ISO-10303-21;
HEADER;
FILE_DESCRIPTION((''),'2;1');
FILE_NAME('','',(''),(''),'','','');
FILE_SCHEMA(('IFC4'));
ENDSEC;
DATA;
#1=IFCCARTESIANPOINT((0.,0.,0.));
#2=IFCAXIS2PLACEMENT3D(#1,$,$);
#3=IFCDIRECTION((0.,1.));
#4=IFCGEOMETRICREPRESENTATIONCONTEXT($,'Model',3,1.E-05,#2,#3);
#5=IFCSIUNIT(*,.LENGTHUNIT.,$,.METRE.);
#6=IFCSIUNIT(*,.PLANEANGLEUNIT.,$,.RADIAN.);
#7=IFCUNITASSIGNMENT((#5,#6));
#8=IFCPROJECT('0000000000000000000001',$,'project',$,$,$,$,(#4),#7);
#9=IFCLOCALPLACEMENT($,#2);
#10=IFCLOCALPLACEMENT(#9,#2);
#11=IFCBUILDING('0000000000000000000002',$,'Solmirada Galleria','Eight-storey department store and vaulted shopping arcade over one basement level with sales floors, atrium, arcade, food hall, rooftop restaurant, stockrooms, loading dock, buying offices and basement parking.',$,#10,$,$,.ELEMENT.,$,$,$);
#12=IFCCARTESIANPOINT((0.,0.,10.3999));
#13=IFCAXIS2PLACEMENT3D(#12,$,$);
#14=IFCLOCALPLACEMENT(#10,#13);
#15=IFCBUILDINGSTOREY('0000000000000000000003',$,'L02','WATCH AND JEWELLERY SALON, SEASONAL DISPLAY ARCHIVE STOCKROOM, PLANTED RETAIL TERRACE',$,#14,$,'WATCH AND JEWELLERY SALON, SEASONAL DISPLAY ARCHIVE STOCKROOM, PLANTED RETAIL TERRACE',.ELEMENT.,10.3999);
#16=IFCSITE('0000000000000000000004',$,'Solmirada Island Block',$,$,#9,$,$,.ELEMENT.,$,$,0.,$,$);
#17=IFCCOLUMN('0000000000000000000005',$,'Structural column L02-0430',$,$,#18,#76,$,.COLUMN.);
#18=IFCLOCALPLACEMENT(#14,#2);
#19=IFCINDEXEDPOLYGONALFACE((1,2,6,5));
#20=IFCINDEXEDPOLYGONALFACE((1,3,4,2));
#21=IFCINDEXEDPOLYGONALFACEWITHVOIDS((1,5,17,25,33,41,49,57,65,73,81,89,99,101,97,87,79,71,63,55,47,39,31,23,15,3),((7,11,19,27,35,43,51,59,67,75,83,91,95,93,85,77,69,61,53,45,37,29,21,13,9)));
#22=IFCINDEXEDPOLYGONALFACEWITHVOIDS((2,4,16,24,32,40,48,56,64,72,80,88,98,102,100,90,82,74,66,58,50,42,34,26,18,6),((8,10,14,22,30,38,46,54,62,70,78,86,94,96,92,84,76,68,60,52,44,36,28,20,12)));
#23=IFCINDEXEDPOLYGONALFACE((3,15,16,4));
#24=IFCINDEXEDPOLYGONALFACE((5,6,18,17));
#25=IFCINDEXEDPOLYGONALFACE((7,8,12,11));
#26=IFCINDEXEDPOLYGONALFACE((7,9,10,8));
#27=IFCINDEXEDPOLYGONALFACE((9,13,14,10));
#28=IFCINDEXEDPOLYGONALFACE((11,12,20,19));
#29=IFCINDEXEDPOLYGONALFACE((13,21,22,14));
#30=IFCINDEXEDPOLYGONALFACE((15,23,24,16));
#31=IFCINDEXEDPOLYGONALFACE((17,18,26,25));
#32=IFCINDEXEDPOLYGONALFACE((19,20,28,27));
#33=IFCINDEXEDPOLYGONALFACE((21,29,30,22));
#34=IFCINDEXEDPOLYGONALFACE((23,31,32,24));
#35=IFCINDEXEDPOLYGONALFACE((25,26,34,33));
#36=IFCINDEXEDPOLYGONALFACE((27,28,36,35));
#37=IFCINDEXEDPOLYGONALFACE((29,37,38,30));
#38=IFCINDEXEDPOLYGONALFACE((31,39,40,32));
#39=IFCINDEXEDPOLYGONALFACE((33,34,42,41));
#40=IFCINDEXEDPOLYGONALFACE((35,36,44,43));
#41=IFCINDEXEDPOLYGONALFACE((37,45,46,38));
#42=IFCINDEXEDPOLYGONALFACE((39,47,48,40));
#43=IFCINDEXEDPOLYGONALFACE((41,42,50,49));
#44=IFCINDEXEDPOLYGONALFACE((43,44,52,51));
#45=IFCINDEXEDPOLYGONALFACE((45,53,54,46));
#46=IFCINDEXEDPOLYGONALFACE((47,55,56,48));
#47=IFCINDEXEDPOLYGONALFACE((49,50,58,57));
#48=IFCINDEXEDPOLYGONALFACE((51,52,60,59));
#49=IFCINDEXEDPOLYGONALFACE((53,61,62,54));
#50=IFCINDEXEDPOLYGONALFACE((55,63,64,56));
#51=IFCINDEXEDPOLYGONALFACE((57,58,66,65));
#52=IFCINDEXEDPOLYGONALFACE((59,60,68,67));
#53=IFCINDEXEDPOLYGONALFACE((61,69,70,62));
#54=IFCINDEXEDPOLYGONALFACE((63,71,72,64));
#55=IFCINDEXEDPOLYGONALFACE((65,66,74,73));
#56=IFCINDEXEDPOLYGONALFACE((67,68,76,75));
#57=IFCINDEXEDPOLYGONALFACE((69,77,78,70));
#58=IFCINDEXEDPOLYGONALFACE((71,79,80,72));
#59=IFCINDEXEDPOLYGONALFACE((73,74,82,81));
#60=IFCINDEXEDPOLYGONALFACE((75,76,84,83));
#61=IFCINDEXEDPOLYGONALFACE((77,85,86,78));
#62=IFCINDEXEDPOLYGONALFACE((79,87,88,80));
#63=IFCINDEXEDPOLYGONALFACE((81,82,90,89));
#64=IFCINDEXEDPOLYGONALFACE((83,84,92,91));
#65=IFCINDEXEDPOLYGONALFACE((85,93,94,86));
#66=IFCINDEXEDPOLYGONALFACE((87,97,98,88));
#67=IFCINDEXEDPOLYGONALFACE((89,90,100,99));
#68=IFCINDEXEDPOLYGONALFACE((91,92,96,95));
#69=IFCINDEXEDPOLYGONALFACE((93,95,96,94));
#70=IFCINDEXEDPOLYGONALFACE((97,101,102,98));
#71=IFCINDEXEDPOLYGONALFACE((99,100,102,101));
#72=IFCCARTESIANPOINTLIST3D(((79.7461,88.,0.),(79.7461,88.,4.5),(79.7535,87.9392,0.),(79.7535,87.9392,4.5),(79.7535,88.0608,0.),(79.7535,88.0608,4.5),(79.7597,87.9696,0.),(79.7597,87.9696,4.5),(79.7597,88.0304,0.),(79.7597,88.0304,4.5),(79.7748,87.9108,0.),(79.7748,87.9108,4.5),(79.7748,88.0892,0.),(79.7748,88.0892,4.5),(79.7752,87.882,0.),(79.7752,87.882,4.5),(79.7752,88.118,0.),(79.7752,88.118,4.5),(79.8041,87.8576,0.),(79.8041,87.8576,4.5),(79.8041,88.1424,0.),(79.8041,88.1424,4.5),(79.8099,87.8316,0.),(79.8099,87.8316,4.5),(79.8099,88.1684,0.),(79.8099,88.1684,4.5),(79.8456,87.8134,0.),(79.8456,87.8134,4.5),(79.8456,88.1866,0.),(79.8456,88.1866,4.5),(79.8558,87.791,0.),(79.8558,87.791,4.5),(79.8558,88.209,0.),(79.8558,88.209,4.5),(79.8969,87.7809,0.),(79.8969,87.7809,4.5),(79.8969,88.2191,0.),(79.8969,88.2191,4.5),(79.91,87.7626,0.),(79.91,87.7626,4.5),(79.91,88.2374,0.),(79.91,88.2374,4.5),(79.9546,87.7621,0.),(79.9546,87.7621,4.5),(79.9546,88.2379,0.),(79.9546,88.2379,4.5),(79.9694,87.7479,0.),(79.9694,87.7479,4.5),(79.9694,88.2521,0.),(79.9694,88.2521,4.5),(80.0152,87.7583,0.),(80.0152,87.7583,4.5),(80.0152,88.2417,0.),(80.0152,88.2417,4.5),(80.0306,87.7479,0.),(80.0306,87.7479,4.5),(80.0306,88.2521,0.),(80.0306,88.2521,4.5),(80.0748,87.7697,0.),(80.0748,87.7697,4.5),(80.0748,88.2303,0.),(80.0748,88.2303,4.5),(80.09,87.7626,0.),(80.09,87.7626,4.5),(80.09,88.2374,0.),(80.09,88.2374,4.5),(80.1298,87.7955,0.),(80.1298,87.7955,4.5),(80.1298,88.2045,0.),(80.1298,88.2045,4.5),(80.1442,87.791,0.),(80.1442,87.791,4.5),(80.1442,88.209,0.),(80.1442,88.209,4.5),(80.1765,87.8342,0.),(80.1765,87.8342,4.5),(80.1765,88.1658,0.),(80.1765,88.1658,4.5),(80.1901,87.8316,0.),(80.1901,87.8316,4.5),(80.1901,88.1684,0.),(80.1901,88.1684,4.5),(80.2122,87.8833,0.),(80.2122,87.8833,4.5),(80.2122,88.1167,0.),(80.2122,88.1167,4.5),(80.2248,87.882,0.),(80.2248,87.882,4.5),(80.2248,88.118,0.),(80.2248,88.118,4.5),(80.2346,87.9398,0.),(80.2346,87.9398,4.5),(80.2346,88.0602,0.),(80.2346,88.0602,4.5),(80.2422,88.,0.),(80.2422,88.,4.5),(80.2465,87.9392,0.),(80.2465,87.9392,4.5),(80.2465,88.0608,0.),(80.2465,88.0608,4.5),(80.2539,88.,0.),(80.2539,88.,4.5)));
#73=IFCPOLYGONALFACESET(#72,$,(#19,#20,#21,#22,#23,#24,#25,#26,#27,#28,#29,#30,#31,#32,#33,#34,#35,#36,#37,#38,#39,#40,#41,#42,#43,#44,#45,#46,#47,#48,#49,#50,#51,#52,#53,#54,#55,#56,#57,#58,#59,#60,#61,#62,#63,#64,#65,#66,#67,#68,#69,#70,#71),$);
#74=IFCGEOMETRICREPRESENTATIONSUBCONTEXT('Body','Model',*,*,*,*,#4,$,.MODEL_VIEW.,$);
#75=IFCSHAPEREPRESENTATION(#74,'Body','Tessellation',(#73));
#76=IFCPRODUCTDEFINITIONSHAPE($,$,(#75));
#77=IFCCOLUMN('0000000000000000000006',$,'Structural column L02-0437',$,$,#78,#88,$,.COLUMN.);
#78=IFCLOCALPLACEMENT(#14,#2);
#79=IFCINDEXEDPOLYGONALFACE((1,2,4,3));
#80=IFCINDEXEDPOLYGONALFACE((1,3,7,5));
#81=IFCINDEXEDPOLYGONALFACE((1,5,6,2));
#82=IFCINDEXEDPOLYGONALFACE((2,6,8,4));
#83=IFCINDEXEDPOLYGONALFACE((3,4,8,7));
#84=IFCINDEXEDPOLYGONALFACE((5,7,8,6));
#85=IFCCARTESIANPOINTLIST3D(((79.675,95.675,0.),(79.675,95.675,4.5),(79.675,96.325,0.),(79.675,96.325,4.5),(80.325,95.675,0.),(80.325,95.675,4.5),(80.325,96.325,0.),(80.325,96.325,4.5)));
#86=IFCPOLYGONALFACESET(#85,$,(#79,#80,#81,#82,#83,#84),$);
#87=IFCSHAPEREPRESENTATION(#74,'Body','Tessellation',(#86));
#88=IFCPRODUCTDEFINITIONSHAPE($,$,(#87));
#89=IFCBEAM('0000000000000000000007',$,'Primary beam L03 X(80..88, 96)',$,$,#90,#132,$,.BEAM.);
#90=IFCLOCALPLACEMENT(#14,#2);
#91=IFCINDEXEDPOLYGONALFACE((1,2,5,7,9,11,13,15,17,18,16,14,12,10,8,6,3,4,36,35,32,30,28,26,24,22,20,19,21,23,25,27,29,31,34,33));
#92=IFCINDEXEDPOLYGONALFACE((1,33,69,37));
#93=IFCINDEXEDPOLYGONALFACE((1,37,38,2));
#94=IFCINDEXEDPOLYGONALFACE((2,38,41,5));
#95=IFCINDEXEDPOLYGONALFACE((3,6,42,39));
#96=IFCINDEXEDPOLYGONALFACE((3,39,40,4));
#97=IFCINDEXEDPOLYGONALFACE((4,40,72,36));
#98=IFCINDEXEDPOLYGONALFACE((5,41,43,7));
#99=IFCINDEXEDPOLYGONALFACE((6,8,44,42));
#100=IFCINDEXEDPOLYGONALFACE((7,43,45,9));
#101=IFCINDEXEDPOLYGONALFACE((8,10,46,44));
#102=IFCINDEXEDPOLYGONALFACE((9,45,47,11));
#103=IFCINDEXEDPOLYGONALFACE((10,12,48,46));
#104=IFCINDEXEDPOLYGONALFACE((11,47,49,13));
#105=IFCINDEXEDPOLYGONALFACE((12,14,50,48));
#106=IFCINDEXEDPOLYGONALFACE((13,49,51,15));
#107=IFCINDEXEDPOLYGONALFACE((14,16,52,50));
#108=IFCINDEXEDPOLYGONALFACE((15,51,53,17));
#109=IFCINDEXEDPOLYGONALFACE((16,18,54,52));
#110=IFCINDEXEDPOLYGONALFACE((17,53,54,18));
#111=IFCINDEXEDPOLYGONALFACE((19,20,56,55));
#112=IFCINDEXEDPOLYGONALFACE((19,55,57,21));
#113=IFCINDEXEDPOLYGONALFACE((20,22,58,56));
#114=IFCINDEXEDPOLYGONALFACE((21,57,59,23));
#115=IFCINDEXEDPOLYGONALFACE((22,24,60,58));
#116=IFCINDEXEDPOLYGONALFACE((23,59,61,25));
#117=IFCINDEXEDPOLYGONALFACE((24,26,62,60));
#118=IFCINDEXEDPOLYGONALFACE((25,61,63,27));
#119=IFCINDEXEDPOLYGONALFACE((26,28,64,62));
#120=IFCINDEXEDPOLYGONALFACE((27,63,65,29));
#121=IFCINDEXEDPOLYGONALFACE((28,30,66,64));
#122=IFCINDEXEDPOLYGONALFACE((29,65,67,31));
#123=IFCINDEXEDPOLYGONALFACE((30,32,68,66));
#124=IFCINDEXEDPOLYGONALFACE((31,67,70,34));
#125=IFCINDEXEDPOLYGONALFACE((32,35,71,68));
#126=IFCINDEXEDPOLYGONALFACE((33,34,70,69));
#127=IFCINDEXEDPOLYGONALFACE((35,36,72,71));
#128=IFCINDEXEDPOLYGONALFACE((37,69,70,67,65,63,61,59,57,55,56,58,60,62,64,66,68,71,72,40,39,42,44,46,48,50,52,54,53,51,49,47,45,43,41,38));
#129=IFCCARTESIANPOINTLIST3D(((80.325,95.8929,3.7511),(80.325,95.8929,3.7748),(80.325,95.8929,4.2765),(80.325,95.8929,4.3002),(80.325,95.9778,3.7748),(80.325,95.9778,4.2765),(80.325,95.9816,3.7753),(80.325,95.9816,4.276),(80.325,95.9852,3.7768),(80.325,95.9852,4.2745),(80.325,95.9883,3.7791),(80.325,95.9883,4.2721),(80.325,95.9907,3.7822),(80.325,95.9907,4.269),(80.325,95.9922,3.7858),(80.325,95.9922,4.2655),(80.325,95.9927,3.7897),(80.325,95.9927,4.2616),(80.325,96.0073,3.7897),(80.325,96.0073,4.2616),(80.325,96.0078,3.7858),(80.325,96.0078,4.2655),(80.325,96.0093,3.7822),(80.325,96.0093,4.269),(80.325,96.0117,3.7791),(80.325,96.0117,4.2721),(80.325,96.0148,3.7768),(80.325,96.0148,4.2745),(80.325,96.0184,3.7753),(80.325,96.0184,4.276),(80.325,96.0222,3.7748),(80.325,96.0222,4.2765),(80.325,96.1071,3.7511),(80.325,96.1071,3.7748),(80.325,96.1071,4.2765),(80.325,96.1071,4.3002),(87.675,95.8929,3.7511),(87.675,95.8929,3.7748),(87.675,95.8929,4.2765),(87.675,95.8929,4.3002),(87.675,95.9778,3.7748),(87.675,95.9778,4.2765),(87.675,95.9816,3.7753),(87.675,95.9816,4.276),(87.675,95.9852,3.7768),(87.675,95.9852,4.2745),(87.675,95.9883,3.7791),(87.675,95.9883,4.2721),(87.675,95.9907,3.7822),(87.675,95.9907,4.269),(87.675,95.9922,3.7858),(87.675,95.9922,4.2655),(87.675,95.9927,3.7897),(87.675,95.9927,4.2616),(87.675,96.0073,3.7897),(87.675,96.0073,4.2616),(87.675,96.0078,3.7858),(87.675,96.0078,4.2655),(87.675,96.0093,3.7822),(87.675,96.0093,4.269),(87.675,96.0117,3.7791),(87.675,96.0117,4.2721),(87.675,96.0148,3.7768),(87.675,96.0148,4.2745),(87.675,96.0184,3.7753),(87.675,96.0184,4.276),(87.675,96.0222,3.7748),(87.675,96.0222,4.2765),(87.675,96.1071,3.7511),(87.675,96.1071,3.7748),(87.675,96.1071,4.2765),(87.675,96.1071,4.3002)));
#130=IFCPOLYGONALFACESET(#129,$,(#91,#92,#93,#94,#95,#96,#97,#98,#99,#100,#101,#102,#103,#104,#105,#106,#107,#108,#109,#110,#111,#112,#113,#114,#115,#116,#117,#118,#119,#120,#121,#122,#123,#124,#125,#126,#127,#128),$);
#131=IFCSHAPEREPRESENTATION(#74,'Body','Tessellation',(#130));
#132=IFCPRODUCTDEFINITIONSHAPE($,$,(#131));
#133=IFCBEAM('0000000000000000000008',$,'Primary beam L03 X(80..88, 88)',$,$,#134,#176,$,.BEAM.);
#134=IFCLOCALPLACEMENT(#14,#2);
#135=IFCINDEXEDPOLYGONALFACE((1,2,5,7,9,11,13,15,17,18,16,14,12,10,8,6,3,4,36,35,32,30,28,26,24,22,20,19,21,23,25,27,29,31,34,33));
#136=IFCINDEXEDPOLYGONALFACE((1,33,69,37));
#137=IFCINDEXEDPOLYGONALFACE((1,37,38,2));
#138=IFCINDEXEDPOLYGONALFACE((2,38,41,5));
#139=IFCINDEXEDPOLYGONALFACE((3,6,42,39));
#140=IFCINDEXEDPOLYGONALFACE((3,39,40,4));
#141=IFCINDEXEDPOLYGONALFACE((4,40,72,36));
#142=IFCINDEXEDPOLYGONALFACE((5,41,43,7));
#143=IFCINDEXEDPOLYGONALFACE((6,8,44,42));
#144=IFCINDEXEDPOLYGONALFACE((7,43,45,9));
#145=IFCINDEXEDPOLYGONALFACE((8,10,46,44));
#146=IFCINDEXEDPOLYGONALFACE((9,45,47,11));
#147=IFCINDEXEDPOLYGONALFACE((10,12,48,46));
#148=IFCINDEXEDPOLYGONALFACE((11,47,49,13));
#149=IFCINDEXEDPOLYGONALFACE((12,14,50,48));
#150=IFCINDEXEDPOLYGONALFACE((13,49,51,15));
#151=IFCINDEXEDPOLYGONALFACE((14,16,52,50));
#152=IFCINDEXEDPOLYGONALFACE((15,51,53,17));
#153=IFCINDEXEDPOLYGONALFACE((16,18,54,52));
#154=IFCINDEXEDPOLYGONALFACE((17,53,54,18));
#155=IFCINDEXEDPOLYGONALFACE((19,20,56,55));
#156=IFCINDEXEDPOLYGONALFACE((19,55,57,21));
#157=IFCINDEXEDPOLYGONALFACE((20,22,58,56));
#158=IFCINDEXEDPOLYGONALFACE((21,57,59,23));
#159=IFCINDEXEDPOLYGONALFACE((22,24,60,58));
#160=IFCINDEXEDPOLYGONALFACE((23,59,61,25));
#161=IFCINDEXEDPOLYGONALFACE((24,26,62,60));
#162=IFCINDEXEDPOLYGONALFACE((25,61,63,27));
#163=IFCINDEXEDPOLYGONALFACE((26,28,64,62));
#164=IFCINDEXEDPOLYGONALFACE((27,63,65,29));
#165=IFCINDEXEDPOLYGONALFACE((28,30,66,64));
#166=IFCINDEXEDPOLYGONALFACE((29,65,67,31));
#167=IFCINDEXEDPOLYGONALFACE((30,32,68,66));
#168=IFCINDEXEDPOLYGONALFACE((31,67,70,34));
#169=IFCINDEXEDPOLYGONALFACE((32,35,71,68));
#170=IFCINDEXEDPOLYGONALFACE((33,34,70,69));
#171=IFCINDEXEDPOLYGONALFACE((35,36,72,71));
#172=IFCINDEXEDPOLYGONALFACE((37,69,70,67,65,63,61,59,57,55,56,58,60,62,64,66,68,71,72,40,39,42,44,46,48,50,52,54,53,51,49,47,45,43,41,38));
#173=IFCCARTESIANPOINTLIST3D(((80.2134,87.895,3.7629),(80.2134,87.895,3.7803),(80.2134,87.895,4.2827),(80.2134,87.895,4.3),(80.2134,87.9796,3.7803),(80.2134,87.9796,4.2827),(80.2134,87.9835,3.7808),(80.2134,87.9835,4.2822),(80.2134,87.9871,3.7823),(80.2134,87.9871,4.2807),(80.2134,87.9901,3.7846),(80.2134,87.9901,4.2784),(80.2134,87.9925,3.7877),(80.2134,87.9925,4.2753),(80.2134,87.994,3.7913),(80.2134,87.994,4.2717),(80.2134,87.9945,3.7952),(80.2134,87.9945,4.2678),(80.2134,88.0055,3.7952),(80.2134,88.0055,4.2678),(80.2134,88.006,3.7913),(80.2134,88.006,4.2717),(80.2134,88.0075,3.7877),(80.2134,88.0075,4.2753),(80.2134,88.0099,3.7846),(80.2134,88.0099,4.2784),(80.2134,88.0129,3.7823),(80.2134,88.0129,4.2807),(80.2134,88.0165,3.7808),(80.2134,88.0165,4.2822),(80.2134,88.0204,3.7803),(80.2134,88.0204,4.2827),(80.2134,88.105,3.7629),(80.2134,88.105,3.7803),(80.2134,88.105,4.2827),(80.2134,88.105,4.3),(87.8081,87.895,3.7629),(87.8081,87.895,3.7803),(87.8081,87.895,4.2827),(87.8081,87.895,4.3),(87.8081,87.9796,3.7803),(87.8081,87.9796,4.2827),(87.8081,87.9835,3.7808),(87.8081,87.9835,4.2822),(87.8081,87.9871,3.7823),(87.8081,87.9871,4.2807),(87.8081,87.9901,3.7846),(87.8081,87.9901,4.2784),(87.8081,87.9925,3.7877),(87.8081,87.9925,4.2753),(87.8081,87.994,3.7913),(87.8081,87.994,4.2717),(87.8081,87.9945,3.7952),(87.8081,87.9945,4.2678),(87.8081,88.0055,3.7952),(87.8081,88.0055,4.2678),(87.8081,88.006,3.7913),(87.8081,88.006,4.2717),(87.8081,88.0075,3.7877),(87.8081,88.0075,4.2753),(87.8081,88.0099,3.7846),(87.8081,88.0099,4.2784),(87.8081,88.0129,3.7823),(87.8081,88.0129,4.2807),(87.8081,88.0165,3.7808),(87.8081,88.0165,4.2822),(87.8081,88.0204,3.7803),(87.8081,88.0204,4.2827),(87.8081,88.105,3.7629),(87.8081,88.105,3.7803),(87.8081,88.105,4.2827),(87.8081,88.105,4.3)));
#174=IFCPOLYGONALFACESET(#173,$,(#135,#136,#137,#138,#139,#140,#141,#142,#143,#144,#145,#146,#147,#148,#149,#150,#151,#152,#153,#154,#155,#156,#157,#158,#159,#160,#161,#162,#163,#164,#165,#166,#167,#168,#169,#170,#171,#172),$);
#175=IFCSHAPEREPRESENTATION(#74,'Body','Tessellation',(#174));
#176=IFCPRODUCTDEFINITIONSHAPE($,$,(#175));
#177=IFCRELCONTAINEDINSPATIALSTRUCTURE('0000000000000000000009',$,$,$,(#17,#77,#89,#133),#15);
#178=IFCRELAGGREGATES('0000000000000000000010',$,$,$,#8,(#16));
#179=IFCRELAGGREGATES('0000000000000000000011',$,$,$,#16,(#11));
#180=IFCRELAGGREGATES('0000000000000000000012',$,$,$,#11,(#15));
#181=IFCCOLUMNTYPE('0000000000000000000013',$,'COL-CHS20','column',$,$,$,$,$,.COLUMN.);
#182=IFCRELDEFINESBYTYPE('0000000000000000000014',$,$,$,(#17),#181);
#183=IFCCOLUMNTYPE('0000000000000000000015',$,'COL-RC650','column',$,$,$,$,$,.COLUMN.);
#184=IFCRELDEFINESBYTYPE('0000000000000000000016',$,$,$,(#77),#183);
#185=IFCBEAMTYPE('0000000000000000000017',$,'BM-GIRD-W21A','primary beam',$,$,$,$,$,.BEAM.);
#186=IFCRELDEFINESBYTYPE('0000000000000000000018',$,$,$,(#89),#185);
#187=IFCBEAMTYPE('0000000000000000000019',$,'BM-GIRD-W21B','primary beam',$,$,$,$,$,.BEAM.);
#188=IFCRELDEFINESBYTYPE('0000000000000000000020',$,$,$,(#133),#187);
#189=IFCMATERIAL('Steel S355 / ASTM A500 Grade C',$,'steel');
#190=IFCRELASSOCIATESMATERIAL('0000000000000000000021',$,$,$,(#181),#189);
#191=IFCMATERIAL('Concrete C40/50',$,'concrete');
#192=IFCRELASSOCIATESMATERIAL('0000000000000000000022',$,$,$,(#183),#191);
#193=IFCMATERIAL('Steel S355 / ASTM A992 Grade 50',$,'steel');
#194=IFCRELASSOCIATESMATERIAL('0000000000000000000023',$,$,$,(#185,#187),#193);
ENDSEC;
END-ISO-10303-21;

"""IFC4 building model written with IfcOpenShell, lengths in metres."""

from ifc_helpers import new_model, si_unit, direction, frame, origin, origin_2d, place, context, subcontext, project, spatial, rectangle, hollow_circle, i_section, extrude, material, material_profile, profile_set, type_object, element, save


model = new_model("IFC4")

# Units and contexts
model_context = context("Model", 3, precision=1e-05, world=origin(), true_north=direction((0.0, 1.0)))
body_context = subcontext(model_context, "Body", "Model", "MODEL_VIEW")
ifc_project = project(units=[si_unit("LENGTHUNIT", "METRE"), si_unit("PLANEANGLEUNIT", "RADIAN")], contexts=[model_context])

# Site, building, storey
site_placement = place(None, origin())
site = spatial("IfcSite", under=ifc_project, at=site_placement, Name="Solmirada Island Block", CompositionType="ELEMENT", RefElevation=0.0)
building_placement = place(site_placement, origin())
building = spatial("IfcBuilding", under=site, at=building_placement, Name="Solmirada Galleria", Description="Eight-storey department store and vaulted shopping arcade over one basement level with sales floors, atrium, arcade, food hall, rooftop restaurant, stockrooms, loading dock, buying offices and basement parking.", CompositionType="ELEMENT")
storey_placement = place(building_placement, frame((0.0, 0.0, 10.3999)))
storey = spatial("IfcBuildingStorey", under=building, at=storey_placement, Name="L02", Description="WATCH AND JEWELLERY SALON, SEASONAL DISPLAY ARCHIVE STOCKROOM, PLANTED RETAIL TERRACE", LongName="WATCH AND JEWELLERY SALON, SEASONAL DISPLAY ARCHIVE STOCKROOM, PLANTED RETAIL TERRACE", CompositionType="ELEMENT", Elevation=10.3999)

# Columns
ifc_material_1 = material(Name="Steel S355 / ASTM A500 Grade C", Category="steel")
ifc_material_profile_1 = material_profile(ifc_material_1, hollow_circle(Radius=0.2539, WallThickness=0.0117, at=origin_2d()), Name="HSS20.000X0.500")
ifc_profile_set_1 = profile_set([ifc_material_profile_1], Name="Steel S355 / ASTM A500 Grade C")
column_type_1 = type_object("IfcColumnType", Name="COL-CHS20", Description="column", PredefinedType="COLUMN", material=ifc_profile_set_1)
column_1_placement = place(storey_placement, frame((80.0, 88.0, 0.0), z_axis=(0.0, 0.0, 1.0), x_axis=(1.0, 0.0, 0.0)))
element("IfcColumn", 1, at=column_1_placement, inside=storey, type_object=column_type_1, Name="Structural column L02-0430", PredefinedType="COLUMN", context=body_context, shape_type="SweptSolid", body=[
    extrude(hollow_circle(Radius=0.2539, WallThickness=0.0117, at=origin_2d()), origin(), (0.0, 0.0, 1.0), 4.5),
])
ifc_material_2 = material(Name="Concrete C40/50", Category="concrete")
ifc_material_profile_2 = material_profile(ifc_material_2, rectangle(XDim=0.6499, YDim=0.6499, at=origin_2d()), Name="RC650X650")
ifc_profile_set_2 = profile_set([ifc_material_profile_2], Name="Concrete C40/50")
column_type_2 = type_object("IfcColumnType", Name="COL-RC650", Description="column", PredefinedType="COLUMN", material=ifc_profile_set_2)
column_2_placement = place(storey_placement, frame((80.0, 96.0, 0.0), z_axis=(0.0, 0.0, 1.0), x_axis=(1.0, 0.0, 0.0)))
element("IfcColumn", 2, at=column_2_placement, inside=storey, type_object=column_type_2, Name="Structural column L02-0437", PredefinedType="COLUMN", context=body_context, shape_type="SweptSolid", body=[
    extrude(rectangle(XDim=0.6499, YDim=0.6499, at=origin_2d()), origin(), (0.0, 0.0, 1.0), 4.5),
])

# Beams
ifc_material_3 = material(Name="Steel S355 / ASTM A992 Grade 50", Category="steel")
ifc_material_profile_3 = material_profile(ifc_material_3, i_section(OverallWidth=0.2141, OverallDepth=0.5491, WebThickness=0.0146, FlangeThickness=0.0237, FilletRadius=0.0149, at=origin_2d()), Name="W21X93")
ifc_profile_set_3 = profile_set([ifc_material_profile_3], Name="Steel S355 / ASTM A992 Grade 50")
beam_type_1 = type_object("IfcBeamType", Name="BM-GIRD-W21A", Description="primary beam", PredefinedType="BEAM", material=ifc_profile_set_3)
beam_1_placement = place(storey_placement, frame((80.325, 96.0, 4.0256), z_axis=(1.0, 0.0, 0.0), x_axis=(0.0, 1.0, 0.0)))
element("IfcBeam", 3, at=beam_1_placement, inside=storey, type_object=beam_type_1, Name="Primary beam L03 X(80..88, 96)", PredefinedType="BEAM", context=body_context, shape_type="SweptSolid", body=[
    extrude(i_section(OverallWidth=0.2141, OverallDepth=0.5491, WebThickness=0.0146, FlangeThickness=0.0237, FilletRadius=0.0149, at=origin_2d()), origin(), (0.0, 0.0, 1.0), 7.3501),
])
ifc_material_profile_4 = material_profile(ifc_material_3, i_section(OverallWidth=0.21, OverallDepth=0.5371, WebThickness=0.011, FlangeThickness=0.0173, FilletRadius=0.0149, at=origin_2d()), Name="W21X68")
ifc_profile_set_4 = profile_set([ifc_material_profile_4], Name="Steel S355 / ASTM A992 Grade 50")
beam_type_2 = type_object("IfcBeamType", Name="BM-GIRD-W21B", Description="primary beam", PredefinedType="BEAM", material=ifc_profile_set_4)
beam_2_placement = place(storey_placement, frame((80.2134, 88.0, 4.0315), z_axis=(1.0, 0.0, 0.0), x_axis=(0.0, 1.0, 0.0)))
element("IfcBeam", 4, at=beam_2_placement, inside=storey, type_object=beam_type_2, Name="Primary beam L03 X(80..88, 88)", PredefinedType="BEAM", context=body_context, shape_type="SweptSolid", body=[
    extrude(i_section(OverallWidth=0.21, OverallDepth=0.5371, WebThickness=0.011, FlangeThickness=0.0173, FilletRadius=0.0149, at=origin_2d()), origin(), (0.0, 0.0, 1.0), 7.5947),
])

save(model, "model.ifc")
